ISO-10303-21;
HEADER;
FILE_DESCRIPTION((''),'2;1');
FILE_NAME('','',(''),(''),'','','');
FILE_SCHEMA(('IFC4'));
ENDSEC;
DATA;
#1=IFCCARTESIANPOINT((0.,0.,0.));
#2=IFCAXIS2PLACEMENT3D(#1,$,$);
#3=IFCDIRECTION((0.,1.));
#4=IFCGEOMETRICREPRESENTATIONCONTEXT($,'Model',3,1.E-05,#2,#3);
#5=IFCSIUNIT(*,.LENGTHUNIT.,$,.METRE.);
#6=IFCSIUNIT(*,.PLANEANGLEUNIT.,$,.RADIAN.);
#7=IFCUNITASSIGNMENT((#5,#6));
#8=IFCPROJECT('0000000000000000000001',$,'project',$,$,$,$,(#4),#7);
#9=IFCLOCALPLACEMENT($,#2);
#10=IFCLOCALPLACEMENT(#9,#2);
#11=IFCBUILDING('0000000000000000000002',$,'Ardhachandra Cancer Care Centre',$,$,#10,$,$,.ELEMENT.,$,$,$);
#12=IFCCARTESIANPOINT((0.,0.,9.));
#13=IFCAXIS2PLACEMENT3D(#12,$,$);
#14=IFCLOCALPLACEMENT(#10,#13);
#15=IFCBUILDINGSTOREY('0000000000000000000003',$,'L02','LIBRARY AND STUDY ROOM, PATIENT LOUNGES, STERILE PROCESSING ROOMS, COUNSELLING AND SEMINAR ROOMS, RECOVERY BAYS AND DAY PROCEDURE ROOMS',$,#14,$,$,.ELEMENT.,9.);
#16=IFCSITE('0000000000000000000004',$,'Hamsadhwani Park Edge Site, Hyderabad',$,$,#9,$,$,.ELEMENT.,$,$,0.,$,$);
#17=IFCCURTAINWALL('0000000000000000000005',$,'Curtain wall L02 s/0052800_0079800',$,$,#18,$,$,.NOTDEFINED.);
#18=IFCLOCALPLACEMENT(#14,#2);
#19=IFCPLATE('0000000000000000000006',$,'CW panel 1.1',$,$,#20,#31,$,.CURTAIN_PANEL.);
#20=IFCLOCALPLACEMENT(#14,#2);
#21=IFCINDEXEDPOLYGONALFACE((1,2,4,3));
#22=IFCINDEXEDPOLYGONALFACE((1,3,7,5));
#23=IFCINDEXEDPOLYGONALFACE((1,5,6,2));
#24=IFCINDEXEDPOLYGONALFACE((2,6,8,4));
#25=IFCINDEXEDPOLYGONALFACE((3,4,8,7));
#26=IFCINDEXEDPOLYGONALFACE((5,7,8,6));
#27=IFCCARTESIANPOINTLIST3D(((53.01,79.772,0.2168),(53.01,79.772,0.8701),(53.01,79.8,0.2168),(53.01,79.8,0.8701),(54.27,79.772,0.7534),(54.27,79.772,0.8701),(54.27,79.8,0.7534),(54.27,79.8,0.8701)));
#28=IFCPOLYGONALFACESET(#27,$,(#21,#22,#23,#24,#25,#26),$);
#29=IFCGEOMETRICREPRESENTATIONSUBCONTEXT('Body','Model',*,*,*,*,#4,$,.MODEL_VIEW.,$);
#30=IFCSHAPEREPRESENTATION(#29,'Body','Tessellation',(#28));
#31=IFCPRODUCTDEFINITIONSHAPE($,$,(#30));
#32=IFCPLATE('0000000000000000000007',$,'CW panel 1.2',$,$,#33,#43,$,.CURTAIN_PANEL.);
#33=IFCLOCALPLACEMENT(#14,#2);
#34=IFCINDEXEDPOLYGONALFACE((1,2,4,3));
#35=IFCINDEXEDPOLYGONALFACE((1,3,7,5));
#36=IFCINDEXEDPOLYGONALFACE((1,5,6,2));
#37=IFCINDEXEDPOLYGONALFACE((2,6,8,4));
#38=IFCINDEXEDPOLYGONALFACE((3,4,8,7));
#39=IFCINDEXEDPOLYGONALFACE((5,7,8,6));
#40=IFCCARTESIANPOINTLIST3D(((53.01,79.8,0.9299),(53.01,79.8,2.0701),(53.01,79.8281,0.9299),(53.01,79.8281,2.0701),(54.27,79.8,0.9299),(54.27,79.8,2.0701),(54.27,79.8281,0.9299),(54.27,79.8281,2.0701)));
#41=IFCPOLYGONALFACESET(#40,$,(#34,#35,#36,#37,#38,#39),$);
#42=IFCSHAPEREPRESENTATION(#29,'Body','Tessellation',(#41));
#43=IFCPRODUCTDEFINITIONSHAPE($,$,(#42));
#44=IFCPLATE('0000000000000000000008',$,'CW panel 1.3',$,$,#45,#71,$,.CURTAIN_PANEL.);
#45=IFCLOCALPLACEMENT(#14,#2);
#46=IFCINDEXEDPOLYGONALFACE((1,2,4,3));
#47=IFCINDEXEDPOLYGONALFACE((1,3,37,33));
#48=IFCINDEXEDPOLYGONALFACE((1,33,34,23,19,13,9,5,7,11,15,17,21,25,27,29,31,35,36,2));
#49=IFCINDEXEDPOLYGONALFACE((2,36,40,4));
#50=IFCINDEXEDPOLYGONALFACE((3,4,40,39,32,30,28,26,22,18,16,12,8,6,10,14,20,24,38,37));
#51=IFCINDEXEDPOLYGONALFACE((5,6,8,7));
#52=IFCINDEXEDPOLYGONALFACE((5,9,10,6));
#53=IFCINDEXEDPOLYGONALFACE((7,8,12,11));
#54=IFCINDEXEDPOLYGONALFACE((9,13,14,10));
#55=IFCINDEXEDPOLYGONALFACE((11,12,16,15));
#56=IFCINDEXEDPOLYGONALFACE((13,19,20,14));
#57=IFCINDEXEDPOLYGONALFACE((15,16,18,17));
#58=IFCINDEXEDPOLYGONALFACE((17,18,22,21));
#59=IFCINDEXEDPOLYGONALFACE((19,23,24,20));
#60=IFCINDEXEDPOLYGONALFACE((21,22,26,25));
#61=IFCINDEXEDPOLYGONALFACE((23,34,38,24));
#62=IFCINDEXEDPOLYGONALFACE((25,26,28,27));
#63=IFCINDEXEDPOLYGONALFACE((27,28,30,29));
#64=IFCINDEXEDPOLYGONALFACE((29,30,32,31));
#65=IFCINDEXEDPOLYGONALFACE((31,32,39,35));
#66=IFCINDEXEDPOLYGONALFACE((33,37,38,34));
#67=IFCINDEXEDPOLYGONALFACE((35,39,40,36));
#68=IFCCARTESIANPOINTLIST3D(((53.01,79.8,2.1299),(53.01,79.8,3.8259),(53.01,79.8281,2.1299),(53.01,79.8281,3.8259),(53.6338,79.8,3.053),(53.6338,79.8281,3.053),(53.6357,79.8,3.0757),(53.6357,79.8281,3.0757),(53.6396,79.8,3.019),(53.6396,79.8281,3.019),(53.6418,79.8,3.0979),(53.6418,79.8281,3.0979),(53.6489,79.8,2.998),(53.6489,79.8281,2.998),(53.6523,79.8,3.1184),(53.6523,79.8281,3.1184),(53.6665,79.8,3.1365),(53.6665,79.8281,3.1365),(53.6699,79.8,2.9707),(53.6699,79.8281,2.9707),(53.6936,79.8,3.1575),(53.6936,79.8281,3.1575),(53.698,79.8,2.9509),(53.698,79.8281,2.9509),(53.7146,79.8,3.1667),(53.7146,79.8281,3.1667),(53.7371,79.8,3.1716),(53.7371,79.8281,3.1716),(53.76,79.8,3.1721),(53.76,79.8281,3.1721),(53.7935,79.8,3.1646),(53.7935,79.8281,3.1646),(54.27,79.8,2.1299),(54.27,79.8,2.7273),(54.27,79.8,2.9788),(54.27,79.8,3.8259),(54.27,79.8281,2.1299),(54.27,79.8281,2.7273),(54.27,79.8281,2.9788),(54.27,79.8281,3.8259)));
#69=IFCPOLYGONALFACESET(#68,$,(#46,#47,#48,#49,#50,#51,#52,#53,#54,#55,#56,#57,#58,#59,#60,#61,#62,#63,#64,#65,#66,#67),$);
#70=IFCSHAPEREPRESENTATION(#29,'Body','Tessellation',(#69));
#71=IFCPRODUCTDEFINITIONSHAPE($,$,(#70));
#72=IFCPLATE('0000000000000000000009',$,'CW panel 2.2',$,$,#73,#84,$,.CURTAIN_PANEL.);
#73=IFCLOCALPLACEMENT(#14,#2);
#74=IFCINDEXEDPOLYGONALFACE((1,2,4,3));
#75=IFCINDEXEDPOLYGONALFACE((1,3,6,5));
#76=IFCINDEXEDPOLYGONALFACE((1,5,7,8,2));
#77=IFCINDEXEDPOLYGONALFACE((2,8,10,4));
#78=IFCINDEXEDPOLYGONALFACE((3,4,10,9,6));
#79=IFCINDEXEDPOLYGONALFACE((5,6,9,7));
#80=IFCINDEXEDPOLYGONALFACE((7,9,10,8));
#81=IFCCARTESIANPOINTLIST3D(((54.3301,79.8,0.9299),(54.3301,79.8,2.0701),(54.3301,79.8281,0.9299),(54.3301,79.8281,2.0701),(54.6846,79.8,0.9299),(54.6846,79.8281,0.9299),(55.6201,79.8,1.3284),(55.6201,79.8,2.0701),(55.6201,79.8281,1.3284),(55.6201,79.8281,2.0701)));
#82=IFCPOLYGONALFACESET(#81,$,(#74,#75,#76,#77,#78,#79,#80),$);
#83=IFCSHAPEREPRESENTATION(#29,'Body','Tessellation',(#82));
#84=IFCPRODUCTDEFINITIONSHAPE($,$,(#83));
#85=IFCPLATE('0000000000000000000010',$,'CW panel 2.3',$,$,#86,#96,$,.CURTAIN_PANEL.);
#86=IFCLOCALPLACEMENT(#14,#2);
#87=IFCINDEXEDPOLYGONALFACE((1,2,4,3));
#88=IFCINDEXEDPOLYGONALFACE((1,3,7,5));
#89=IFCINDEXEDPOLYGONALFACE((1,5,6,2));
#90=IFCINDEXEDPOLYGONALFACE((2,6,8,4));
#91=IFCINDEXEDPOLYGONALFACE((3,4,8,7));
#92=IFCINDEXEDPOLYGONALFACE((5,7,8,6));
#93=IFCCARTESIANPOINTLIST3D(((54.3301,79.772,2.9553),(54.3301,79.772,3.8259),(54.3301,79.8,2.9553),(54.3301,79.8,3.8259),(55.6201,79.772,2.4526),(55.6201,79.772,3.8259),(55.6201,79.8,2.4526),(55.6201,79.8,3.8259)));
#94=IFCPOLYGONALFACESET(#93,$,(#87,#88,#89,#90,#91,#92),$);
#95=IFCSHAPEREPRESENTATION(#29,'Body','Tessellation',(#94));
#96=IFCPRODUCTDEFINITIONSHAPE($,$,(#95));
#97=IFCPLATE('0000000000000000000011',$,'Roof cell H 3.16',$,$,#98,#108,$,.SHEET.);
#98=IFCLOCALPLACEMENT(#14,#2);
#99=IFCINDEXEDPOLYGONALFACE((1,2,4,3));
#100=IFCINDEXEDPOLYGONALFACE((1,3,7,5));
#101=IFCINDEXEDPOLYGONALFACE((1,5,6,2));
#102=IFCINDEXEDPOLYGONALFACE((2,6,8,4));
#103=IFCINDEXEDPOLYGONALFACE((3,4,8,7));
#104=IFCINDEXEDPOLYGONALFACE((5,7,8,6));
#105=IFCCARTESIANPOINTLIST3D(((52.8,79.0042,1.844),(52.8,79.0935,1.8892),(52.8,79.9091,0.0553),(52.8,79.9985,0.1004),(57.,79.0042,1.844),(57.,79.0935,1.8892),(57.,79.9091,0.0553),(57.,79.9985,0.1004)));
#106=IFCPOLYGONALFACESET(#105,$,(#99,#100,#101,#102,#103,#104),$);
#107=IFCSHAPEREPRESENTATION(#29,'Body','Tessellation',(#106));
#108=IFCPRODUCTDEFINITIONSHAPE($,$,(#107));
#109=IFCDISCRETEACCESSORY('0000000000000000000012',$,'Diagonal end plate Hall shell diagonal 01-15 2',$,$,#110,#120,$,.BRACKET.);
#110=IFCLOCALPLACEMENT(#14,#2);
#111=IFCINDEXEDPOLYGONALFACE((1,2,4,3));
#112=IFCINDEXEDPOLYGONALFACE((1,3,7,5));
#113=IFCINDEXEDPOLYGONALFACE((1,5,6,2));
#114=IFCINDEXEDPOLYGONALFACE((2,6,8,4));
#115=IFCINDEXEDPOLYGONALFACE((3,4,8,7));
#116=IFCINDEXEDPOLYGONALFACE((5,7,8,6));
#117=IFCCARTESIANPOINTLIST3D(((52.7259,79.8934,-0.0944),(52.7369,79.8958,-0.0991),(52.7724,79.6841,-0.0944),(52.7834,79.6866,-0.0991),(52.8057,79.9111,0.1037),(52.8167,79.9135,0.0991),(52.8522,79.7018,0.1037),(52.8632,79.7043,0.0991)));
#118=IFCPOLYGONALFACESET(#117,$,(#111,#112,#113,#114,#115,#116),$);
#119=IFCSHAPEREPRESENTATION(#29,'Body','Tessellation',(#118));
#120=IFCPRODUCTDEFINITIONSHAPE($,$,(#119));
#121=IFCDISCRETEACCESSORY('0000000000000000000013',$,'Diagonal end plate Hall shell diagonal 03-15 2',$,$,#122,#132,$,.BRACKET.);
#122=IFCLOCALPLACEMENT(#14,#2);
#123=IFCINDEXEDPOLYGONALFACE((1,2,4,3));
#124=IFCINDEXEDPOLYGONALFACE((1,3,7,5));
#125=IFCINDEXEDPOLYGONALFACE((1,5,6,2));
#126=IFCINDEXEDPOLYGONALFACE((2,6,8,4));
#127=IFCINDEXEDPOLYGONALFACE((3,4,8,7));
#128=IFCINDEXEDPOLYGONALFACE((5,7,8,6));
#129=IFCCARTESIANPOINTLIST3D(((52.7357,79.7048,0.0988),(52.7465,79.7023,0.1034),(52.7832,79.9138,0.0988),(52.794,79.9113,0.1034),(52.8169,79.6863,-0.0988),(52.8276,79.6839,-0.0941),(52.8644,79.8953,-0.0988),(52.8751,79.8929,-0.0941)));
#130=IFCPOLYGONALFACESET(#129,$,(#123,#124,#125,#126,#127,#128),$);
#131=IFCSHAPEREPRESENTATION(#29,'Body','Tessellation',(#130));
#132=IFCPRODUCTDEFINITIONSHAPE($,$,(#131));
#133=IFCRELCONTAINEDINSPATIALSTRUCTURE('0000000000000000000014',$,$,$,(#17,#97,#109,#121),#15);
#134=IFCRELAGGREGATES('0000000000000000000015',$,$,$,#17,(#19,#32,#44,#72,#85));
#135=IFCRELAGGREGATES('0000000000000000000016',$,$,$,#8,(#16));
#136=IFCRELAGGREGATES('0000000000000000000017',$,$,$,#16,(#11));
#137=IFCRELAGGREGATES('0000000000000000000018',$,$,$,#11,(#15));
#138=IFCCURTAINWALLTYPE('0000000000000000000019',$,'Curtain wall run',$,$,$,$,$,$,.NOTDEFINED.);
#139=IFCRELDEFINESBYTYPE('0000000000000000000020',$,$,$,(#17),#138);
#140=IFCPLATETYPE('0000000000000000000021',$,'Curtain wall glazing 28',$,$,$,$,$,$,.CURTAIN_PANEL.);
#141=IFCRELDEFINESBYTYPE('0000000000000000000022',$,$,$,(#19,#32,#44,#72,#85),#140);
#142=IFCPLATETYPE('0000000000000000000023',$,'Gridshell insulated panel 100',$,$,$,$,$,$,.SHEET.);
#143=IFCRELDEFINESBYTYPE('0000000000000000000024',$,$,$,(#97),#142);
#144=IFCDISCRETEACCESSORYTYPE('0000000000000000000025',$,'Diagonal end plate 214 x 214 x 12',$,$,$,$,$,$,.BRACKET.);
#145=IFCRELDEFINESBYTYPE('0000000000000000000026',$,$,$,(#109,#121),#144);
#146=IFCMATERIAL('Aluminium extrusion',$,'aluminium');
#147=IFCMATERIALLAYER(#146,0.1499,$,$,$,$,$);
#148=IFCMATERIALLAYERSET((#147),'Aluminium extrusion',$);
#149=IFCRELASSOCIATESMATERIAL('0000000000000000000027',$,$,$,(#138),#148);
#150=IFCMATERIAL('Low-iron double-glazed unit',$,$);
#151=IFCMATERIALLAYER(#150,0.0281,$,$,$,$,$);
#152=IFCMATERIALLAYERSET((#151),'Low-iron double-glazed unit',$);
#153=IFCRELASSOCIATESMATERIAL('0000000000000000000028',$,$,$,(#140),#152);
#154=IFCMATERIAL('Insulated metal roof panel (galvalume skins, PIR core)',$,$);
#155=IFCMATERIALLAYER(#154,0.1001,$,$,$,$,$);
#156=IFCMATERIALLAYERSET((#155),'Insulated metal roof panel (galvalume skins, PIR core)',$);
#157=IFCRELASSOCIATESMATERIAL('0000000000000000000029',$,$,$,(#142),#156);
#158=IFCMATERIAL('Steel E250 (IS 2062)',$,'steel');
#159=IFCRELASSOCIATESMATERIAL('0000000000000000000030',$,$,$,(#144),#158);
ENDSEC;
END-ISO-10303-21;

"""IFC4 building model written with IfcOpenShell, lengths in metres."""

from ifc_helpers import new_model, si_unit, direction, frame, origin, origin_2d, place, context, subcontext, project, spatial, polyline, rectangle, outline, extrude, material, layer, layer_set, material_profile, profile_set, type_object, element, aggregate, save


model = new_model("IFC4")

# Units and contexts
model_context = context("Model", 3, precision=1e-05, world=origin(), true_north=direction((0.0, 1.0)))
body_context = subcontext(model_context, "Body", "Model", "MODEL_VIEW")
ifc_project = project(units=[si_unit("LENGTHUNIT", "METRE"), si_unit("PLANEANGLEUNIT", "RADIAN")], contexts=[model_context])

# Site, building, storey
site_placement = place(None, origin())
site = spatial("IfcSite", under=ifc_project, at=site_placement, Name="Hamsadhwani Park Edge Site, Hyderabad", CompositionType="ELEMENT", RefElevation=0.0)
building_placement = place(site_placement, origin())
building = spatial("IfcBuilding", under=site, at=building_placement, Name="Ardhachandra Cancer Care Centre", CompositionType="ELEMENT")
storey_placement = place(building_placement, frame((0.0, 0.0, 9.0)))
storey = spatial("IfcBuildingStorey", under=building, at=storey_placement, Name="L02", Description="LIBRARY AND STUDY ROOM, PATIENT LOUNGES, STERILE PROCESSING ROOMS, COUNSELLING AND SEMINAR ROOMS, RECOVERY BAYS AND DAY PROCEDURE ROOMS", CompositionType="ELEMENT", Elevation=9.0)

# Shared definitions
ifc_material_1 = material(Name="Aluminium extrusion", Category="aluminium")
ifc_layer_1 = layer(ifc_material_1, 0.1499)
ifc_layer_set_1 = layer_set([ifc_layer_1], Name="Aluminium extrusion")
curtain_wall_type = type_object("IfcCurtainWallType", Name="Curtain wall run", PredefinedType="NOTDEFINED", material=ifc_layer_set_1)

# Curtain wall
curtain_wall_1_placement = place(storey_placement, origin())
curtain_wall_1 = element("IfcCurtainWall", 1, at=curtain_wall_1_placement, inside=storey, type_object=curtain_wall_type, Name="Curtain wall L02 s/0052800_0079800", PredefinedType="NOTDEFINED")

# Plates
ifc_material_2 = material(Name="Low-iron double-glazed unit")
ifc_layer_2 = layer(ifc_material_2, 0.0281)
ifc_layer_set_2 = layer_set([ifc_layer_2], Name="Low-iron double-glazed unit")
plate_type_1 = type_object("IfcPlateType", Name="Curtain wall glazing 28", PredefinedType="CURTAIN_PANEL", material=ifc_layer_set_2)
plate_1_placement = place(storey_placement, frame((53.01, 79.8, 0.8701), z_axis=(0.0, 1.0, 0.0), x_axis=(1.0, 0.0, 0.0)))
plate_1 = element("IfcPlate", 2, at=plate_1_placement, type_object=plate_type_1, Name="CW panel 1.1", PredefinedType="CURTAIN_PANEL", context=body_context, shape_type="SweptSolid", body=[
    extrude(outline(polyline([(0.0, 0.0), (1.26, 0.0), (1.26, 0.1167), (0.0, 0.6533), (0.0, 0.0)])), frame((0.0, 0.0, -0.0281)), (0.0, 0.0, 1.0), 0.0281),
])
plate_2_placement = place(storey_placement, frame((53.01, 79.8, 0.9299), z_axis=(0.0, 1.0, 0.0), x_axis=(0.0, 0.0, 1.0)))
plate_2 = element("IfcPlate", 3, at=plate_2_placement, type_object=plate_type_1, Name="CW panel 1.2", PredefinedType="CURTAIN_PANEL", context=body_context, shape_type="SweptSolid", body=[
    extrude(outline(polyline([(0.0, 0.0), (1.1401, 0.0), (1.1401, 1.26), (0.0, 1.26), (0.0, 0.0)])), origin(), (0.0, 0.0, 1.0), 0.0281),
])
plate_3_placement = place(storey_placement, frame((54.27, 79.8, 2.1299), z_axis=(0.0, 1.0, 0.0), x_axis=(-1.0, 0.0, 0.0)))
plate_3 = element("IfcPlate", 4, at=plate_3_placement, type_object=plate_type_1, Name="CW panel 1.3", PredefinedType="CURTAIN_PANEL", context=body_context, shape_type="SweptSolid", body=[
    extrude(outline(polyline([(0.0, 0.0), (1.26, 0.0), (1.26, 1.696), (0.0, 1.696), (0.0, 0.8489), (0.4766, 1.0347), (0.51, 1.0422), (0.533, 1.0417), (0.5554, 1.0369), (0.5764, 1.0276), (0.6035, 1.0066), (0.6177, 0.9885), (0.6282, 0.968), (0.6343, 0.9458), (0.6362, 0.9231), (0.6304, 0.8892), (0.6211, 0.8682), (0.6001, 0.8408), (0.572, 0.821), (0.0, 0.5974), (0.0, 0.0)])), origin(), (0.0, 0.0, 1.0), 0.0281),
])
plate_4_placement = place(storey_placement, frame((54.3301, 79.8, 0.9299), z_axis=(0.0, 1.0, 0.0), x_axis=(0.0, 0.0, 1.0)))
plate_4 = element("IfcPlate", 5, at=plate_4_placement, type_object=plate_type_1, Name="CW panel 2.2", PredefinedType="CURTAIN_PANEL", context=body_context, shape_type="SweptSolid", body=[
    extrude(outline(polyline([(0.0, 0.0), (1.1401, 0.0), (1.1401, 1.29), (0.3984, 1.29), (0.0, 0.3545), (0.0, 0.0)])), origin(), (0.0, 0.0, 1.0), 0.0281),
])
plate_5_placement = place(storey_placement, frame((54.3301, 79.8, 3.8259), z_axis=(0.0, 1.0, 0.0), x_axis=(1.0, 0.0, 0.0)))
plate_5 = element("IfcPlate", 6, at=plate_5_placement, type_object=plate_type_1, Name="CW panel 2.3", PredefinedType="CURTAIN_PANEL", context=body_context, shape_type="SweptSolid", body=[
    extrude(outline(polyline([(0.0, 0.0), (1.29, 0.0), (1.29, 1.3733), (0.0, 0.8706), (0.0, 0.0)])), frame((0.0, 0.0, -0.0281)), (0.0, 0.0, 1.0), 0.0281),
])
aggregate(curtain_wall_1, [plate_1, plate_2, plate_3, plate_4, plate_5])
ifc_material_3 = material(Name="Insulated metal roof panel (galvalume skins, PIR core)")
ifc_layer_3 = layer(ifc_material_3, 0.1001)
ifc_layer_set_3 = layer_set([ifc_layer_3], Name="Insulated metal roof panel (galvalume skins, PIR core)")
plate_type_2 = type_object("IfcPlateType", Name="Gridshell insulated panel 100", PredefinedType="SHEET", material=ifc_layer_set_3)
plate_6_placement = place(storey_placement, frame((52.8, 79.0042, 1.844), z_axis=(0.0, 0.892298, 0.451447), x_axis=(1.0, 0.0, 0.0)))
element("IfcPlate", 7, at=plate_6_placement, inside=storey, type_object=plate_type_2, Name="Roof cell H 3.16", PredefinedType="SHEET", context=body_context, shape_type="SweptSolid", body=[
    extrude(outline(polyline([(0.0, 0.0), (4.2, 0.0), (4.2, 2.0046), (0.0, 2.0046), (0.0, 0.0)])), origin(), (0.0, 0.0, 1.0), 0.1001),
])

# Discrete accessories
ifc_material_4 = material(Name="Steel E250 (IS 2062)", Category="steel")
ifc_material_profile_1 = material_profile(ifc_material_4, rectangle(XDim=0.2144, YDim=0.2144, at=origin_2d()), Name="PL 214x214x12")
ifc_profile_set_1 = profile_set([ifc_material_profile_1], Name="Steel E250 (IS 2062)")
discrete_accessory_type = type_object("IfcDiscreteAccessoryType", Name="Diagonal end plate 214 x 214 x 12", PredefinedType="BRACKET", material=ifc_profile_set_1)
discrete_accessory_1_placement = place(storey_placement, frame((52.8, 79.8, 0.0), z_axis=(-0.902531, -0.200562, 0.381068), x_axis=(0.21693, -0.976187, 0.0)))
element("IfcDiscreteAccessory", 8, at=discrete_accessory_1_placement, inside=storey, type_object=discrete_accessory_type, Name="Diagonal end plate Hall shell diagonal 01-15 2", PredefinedType="BRACKET", context=body_context, shape_type="SweptSolid", body=[
    extrude(rectangle(XDim=0.2144, YDim=0.2144, at=origin_2d()), origin(), (0.0, 0.0, 1.0), 0.0122),
])
discrete_accessory_2_placement = place(storey_placement, frame((52.8, 79.8, 0.0), z_axis=(0.898708, -0.204252, 0.388079), x_axis=(0.221621, 0.975133, 0.0)))
element("IfcDiscreteAccessory", 9, at=discrete_accessory_2_placement, inside=storey, type_object=discrete_accessory_type, Name="Diagonal end plate Hall shell diagonal 03-15 2", PredefinedType="BRACKET", context=body_context, shape_type="SweptSolid", body=[
    extrude(rectangle(XDim=0.2144, YDim=0.2144, at=origin_2d()), origin(), (0.0, 0.0, 1.0), 0.012),
])

save(model, "model.ifc")
